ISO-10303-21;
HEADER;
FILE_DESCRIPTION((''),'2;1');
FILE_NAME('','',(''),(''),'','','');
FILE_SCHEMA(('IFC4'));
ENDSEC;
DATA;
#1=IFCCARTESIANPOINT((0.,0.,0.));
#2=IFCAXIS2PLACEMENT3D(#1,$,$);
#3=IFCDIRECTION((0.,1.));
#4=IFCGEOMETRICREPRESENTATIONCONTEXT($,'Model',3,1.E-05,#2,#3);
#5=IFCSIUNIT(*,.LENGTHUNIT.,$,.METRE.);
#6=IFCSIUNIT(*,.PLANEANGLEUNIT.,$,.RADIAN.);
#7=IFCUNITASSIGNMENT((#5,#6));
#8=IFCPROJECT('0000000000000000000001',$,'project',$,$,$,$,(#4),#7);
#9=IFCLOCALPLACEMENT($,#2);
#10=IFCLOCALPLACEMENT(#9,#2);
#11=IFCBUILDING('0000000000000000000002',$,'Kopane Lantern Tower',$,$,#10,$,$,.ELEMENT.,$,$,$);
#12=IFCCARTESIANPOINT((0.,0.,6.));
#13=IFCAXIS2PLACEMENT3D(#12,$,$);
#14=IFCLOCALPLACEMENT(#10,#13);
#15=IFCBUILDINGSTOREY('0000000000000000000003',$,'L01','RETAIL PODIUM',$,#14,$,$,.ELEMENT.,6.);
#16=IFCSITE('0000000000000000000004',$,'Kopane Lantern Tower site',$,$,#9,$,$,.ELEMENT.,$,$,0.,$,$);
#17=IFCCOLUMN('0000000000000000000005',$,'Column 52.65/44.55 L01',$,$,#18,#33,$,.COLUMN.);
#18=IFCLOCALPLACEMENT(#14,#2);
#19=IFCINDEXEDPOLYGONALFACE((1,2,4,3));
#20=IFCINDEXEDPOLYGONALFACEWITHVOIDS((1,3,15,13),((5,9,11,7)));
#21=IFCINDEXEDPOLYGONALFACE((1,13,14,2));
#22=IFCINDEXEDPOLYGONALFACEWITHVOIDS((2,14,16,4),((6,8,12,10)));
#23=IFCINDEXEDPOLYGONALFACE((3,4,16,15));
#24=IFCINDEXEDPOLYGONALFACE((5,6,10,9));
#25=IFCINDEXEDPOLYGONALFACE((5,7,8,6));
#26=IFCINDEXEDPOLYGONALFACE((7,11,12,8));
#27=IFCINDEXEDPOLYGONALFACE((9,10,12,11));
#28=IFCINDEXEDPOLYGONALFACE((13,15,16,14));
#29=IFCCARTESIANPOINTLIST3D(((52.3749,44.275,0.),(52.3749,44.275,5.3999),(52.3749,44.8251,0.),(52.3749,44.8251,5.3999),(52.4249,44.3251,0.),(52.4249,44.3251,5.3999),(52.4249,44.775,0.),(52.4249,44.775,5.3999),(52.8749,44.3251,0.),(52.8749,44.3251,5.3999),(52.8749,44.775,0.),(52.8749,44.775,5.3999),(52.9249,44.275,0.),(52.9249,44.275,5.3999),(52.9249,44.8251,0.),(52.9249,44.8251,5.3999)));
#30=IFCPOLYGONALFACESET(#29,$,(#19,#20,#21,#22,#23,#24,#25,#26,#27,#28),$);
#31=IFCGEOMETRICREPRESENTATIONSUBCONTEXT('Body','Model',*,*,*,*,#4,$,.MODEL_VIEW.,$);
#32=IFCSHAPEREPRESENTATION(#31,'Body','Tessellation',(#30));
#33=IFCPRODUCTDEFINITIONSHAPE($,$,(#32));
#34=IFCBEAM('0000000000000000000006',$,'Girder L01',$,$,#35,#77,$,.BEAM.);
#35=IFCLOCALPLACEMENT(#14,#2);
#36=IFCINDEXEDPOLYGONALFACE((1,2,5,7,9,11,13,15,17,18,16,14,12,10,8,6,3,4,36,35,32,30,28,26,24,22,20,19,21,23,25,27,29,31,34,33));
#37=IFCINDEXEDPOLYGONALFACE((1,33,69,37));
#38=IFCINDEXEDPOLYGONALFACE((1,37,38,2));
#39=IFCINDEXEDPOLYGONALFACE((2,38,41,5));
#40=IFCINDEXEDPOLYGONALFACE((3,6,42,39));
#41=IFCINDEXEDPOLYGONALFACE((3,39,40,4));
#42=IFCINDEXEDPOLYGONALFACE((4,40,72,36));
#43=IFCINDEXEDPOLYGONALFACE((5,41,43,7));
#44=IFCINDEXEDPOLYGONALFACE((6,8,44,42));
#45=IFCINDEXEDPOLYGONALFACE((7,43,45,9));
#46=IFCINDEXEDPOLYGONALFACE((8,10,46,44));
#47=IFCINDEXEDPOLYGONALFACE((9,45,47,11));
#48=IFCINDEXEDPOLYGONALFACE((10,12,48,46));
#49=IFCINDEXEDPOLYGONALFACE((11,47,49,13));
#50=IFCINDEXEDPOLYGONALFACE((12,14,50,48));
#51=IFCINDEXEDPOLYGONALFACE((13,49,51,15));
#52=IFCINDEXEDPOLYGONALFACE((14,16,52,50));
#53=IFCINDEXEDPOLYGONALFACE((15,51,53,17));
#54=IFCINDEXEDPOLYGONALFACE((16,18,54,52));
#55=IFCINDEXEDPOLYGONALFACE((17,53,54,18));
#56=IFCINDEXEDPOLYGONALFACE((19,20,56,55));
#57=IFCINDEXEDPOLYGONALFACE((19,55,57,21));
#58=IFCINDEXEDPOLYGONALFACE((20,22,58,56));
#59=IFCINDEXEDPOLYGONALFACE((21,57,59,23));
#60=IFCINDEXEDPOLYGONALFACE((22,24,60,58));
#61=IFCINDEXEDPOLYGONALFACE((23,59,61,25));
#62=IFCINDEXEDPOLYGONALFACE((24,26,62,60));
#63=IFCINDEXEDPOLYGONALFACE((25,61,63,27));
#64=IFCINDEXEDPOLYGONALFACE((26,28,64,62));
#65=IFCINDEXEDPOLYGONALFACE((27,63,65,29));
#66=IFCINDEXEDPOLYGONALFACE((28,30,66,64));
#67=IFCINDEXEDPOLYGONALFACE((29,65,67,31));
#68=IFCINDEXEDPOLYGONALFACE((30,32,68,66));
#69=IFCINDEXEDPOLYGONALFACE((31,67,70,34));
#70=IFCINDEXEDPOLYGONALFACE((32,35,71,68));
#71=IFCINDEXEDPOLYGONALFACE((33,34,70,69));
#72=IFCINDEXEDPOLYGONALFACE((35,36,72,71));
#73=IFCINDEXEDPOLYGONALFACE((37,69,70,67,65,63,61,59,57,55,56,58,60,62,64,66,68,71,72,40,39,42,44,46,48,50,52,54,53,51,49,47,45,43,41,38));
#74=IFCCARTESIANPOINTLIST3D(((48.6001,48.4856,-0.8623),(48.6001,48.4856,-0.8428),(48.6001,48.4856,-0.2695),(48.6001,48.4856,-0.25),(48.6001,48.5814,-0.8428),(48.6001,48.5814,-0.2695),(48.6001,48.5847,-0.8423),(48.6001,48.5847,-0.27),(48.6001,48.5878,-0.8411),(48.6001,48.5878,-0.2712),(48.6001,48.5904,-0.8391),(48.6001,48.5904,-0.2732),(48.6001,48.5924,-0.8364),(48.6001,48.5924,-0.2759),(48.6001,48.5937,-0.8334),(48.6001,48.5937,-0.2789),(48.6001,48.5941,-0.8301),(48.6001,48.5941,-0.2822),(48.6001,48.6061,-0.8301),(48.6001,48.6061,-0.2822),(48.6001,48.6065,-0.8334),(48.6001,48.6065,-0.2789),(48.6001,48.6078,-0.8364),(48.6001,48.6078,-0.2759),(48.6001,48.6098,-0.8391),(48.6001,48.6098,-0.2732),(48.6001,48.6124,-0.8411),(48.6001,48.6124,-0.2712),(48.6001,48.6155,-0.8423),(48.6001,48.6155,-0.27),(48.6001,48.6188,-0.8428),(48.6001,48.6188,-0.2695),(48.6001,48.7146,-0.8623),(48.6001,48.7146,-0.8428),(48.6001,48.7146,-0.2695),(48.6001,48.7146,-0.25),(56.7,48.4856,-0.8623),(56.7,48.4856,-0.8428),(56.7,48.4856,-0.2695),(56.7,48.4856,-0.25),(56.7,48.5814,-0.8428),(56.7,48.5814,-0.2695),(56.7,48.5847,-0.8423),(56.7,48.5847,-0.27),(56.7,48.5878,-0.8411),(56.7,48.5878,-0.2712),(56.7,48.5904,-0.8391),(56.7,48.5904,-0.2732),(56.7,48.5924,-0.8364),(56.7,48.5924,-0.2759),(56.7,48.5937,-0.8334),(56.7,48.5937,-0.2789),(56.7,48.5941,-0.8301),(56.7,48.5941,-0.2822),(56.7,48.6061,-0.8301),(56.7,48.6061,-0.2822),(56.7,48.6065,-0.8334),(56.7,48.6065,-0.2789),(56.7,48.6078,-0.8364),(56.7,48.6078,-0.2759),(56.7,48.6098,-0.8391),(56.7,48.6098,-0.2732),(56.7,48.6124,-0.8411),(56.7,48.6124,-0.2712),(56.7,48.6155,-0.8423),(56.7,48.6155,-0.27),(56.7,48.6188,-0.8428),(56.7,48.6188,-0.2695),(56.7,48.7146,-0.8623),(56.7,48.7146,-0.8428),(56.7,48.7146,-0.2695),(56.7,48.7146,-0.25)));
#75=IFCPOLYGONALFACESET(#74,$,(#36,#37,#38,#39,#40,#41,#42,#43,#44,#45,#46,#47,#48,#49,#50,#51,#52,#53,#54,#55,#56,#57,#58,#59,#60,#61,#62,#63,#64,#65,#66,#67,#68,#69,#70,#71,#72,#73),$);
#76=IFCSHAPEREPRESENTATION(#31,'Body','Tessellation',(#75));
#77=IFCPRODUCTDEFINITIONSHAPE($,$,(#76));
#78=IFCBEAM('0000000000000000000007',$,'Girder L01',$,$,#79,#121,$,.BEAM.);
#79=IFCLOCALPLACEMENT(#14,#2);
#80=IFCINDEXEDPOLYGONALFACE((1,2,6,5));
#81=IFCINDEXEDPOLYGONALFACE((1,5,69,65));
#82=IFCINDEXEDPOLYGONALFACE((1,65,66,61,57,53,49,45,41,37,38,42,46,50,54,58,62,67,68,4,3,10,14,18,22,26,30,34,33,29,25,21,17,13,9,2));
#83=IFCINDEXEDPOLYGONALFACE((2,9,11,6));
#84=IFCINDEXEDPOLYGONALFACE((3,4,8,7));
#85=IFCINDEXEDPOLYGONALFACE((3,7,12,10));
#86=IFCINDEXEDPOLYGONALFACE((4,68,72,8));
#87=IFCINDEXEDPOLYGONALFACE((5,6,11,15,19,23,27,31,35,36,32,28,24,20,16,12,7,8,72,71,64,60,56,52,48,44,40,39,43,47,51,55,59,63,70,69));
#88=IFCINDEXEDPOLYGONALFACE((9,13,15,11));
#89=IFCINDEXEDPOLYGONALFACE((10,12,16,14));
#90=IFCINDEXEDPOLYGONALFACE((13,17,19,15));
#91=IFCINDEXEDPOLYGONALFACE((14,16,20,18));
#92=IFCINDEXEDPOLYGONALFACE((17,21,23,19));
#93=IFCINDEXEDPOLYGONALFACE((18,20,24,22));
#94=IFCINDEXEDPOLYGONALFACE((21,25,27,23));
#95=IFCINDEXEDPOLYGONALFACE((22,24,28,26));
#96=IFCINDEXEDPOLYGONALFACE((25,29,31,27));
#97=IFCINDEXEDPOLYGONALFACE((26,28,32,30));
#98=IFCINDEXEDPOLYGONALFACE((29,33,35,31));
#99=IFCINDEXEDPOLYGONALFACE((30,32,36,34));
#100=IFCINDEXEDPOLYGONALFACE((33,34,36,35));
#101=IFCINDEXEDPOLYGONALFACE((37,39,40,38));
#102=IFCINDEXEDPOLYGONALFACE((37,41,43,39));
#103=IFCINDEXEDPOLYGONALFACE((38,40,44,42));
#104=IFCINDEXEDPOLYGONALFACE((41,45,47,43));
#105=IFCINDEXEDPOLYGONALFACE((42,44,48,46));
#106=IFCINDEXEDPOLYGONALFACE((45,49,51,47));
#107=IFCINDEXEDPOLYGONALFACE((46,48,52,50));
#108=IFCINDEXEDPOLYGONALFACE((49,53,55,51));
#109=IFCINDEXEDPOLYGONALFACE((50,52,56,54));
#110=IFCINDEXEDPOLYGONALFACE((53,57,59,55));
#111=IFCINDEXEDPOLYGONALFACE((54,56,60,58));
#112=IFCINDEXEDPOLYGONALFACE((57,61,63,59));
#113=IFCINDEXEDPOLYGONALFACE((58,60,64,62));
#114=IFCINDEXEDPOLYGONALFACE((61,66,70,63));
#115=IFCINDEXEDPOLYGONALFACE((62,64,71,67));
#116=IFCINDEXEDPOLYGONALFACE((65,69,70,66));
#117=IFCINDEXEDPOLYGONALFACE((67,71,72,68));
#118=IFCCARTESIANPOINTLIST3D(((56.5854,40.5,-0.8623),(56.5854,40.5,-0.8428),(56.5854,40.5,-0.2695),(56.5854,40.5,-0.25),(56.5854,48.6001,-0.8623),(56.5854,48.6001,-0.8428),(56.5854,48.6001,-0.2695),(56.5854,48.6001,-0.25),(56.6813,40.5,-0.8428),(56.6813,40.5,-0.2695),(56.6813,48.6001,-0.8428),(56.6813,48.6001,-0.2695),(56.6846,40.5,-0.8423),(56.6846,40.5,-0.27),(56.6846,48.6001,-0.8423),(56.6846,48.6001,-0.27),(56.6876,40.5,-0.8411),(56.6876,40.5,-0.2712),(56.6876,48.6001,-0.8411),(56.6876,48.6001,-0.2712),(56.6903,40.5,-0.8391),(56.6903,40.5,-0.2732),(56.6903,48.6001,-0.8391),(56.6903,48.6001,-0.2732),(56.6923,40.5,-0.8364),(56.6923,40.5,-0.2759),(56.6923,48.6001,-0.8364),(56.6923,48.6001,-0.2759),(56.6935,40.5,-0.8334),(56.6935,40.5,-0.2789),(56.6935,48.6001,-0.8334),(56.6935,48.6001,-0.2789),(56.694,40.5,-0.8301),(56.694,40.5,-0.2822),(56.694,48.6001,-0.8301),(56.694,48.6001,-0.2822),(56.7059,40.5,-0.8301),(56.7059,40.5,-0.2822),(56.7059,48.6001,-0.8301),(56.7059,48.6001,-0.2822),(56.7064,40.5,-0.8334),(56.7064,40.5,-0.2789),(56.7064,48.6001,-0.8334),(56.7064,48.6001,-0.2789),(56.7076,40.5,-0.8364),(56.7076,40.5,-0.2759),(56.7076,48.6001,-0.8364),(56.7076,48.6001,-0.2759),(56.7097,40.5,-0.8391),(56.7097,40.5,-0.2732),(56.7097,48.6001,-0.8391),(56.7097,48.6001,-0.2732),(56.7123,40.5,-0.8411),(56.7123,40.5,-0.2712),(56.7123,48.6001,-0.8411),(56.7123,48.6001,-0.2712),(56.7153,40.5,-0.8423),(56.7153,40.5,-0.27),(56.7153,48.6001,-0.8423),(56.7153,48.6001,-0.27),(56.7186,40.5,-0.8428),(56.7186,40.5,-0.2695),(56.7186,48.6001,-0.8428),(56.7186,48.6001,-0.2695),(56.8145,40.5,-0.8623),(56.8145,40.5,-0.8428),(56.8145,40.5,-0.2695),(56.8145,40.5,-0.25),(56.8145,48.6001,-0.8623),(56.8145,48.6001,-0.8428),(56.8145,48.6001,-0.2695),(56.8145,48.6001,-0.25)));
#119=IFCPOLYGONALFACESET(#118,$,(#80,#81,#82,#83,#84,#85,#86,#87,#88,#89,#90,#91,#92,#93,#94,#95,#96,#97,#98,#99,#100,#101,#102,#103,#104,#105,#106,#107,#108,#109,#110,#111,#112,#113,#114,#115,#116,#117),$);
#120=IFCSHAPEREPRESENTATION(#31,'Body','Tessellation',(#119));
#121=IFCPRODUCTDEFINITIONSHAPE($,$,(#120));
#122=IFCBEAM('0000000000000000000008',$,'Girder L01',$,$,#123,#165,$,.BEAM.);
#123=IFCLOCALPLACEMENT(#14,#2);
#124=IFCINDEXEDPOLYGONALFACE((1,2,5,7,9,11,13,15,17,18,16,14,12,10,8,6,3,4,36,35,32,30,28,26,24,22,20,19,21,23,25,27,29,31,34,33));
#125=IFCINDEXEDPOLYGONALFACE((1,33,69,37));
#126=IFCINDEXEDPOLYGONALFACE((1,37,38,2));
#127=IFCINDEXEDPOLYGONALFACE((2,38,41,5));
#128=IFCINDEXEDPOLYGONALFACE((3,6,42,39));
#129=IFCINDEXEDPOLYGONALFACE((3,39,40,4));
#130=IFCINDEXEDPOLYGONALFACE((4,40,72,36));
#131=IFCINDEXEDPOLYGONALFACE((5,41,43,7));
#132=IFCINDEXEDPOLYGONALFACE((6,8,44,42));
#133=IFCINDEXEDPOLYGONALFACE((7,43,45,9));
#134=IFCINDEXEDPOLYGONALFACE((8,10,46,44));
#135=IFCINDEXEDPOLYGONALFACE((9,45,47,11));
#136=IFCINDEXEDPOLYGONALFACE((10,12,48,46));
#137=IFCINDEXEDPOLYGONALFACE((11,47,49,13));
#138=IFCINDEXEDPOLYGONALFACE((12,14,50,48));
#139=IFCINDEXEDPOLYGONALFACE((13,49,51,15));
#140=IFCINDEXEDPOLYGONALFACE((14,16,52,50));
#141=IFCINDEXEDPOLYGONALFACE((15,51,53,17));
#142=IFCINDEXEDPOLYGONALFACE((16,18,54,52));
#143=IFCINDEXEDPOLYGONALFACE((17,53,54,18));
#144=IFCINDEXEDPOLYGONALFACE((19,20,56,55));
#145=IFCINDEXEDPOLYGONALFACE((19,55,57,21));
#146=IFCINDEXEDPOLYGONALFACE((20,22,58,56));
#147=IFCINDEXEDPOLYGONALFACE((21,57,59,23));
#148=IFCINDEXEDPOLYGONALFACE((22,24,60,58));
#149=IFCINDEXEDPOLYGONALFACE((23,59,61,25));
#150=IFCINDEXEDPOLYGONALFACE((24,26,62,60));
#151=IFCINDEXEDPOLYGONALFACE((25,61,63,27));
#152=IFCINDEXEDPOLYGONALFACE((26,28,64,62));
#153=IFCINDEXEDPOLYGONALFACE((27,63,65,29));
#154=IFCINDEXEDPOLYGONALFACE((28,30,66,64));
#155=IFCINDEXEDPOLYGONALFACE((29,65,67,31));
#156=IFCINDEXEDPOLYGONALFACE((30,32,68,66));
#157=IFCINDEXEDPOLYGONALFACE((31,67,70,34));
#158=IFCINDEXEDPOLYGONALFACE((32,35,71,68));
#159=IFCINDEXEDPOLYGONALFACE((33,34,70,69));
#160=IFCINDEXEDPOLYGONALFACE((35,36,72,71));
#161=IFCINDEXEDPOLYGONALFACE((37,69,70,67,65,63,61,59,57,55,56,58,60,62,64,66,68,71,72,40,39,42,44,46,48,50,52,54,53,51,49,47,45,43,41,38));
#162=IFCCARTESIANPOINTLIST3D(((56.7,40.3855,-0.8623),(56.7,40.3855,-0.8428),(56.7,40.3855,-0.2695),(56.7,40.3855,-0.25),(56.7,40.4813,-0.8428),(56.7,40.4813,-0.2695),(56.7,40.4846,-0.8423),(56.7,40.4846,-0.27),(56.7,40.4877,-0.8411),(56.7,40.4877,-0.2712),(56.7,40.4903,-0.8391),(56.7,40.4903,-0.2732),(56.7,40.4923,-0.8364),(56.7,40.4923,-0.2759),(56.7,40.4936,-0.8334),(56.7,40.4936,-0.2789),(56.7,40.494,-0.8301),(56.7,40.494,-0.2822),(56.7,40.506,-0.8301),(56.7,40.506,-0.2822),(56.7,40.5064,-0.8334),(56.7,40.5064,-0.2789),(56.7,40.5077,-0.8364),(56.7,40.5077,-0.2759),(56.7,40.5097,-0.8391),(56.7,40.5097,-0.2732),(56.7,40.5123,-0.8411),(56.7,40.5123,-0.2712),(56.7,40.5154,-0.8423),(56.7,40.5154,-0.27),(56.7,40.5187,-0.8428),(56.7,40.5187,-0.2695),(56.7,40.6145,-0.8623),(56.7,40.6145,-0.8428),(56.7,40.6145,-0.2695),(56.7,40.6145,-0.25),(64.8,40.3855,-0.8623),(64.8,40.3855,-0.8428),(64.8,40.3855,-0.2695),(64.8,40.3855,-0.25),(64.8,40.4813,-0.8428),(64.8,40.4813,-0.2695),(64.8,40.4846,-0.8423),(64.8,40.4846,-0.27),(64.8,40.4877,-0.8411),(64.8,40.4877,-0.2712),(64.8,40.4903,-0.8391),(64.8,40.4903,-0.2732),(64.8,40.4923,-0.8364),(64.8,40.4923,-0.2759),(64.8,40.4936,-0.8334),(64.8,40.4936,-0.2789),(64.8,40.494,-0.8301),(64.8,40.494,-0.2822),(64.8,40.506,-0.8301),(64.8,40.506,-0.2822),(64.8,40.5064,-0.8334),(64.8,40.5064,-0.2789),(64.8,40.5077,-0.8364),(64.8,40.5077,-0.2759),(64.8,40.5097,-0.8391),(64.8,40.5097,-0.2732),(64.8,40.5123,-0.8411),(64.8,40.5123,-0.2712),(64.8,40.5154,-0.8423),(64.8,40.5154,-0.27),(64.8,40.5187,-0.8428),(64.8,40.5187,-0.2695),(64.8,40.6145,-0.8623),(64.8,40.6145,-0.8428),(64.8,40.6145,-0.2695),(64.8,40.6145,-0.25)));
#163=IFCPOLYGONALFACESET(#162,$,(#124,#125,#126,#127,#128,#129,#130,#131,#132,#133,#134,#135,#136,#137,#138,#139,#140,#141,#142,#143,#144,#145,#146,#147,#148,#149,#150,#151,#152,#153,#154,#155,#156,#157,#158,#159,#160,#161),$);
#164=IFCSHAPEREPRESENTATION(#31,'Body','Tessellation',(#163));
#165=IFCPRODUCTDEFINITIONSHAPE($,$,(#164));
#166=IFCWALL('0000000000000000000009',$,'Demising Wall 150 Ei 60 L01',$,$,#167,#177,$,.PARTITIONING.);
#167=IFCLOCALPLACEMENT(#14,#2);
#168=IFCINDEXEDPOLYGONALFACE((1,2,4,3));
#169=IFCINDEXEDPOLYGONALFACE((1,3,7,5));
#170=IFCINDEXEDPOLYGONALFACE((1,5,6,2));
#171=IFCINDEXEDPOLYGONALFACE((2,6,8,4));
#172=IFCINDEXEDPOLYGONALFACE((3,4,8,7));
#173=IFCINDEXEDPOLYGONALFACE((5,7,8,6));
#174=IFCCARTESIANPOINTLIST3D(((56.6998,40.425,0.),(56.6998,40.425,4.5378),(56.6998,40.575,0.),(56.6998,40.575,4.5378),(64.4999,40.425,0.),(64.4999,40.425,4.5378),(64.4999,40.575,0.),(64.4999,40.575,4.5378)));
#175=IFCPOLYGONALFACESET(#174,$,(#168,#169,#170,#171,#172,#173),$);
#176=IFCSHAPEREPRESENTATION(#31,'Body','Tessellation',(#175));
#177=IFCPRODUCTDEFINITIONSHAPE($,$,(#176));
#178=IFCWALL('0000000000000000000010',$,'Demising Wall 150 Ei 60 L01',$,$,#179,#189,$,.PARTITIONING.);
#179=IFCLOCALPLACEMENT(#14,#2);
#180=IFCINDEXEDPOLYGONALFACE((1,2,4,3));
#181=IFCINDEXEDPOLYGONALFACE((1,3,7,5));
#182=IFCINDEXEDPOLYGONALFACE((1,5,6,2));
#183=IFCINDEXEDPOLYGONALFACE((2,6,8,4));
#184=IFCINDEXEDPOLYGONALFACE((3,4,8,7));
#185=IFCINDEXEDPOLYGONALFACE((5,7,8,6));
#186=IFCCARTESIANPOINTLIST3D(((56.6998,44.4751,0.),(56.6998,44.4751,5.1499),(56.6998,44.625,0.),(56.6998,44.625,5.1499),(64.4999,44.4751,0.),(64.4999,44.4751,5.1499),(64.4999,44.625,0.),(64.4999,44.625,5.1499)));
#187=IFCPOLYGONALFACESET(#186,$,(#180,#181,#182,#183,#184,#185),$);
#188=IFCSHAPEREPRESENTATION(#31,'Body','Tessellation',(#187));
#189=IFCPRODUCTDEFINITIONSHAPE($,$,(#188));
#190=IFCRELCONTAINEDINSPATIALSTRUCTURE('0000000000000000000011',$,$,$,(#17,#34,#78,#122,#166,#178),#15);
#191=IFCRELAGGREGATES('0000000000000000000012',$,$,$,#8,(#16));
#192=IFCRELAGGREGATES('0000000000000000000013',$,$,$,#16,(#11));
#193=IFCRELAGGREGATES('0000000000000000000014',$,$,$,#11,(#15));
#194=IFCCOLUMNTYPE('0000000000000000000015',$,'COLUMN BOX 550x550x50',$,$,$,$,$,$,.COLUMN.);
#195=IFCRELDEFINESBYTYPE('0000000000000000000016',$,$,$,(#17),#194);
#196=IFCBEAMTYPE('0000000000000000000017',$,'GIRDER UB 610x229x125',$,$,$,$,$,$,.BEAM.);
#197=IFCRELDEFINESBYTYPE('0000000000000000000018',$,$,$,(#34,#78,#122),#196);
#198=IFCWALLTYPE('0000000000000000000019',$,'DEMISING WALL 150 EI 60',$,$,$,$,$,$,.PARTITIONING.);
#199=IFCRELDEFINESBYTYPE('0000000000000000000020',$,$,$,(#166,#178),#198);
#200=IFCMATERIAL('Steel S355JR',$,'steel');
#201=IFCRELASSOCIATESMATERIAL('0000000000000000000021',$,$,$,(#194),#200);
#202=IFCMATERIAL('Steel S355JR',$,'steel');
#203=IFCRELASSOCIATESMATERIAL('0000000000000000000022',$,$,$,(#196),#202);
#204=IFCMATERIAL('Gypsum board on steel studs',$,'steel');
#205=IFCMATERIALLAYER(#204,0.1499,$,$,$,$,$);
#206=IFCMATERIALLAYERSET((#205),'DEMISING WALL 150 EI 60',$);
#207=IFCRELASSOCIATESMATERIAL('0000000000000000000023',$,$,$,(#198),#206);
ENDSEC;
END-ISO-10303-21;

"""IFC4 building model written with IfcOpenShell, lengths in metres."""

from ifc_helpers import new_model, si_unit, direction, frame, frame_2d, origin, origin_2d, place, context, subcontext, project, spatial, rectangle, hollow_rectangle, i_section, extrude, material, layer, layer_set, material_profile, profile_set, type_object, element, save


model = new_model("IFC4")

# Units and contexts
model_context = context("Model", 3, precision=1e-05, world=origin(), true_north=direction((0.0, 1.0)))
body_context = subcontext(model_context, "Body", "Model", "MODEL_VIEW")
ifc_project = project(units=[si_unit("LENGTHUNIT", "METRE"), si_unit("PLANEANGLEUNIT", "RADIAN")], contexts=[model_context])

# Site, building, storey
site_placement = place(None, origin())
site = spatial("IfcSite", under=ifc_project, at=site_placement, Name="Kopane Lantern Tower site", CompositionType="ELEMENT", RefElevation=0.0)
building_placement = place(site_placement, origin())
building = spatial("IfcBuilding", under=site, at=building_placement, Name="Kopane Lantern Tower", CompositionType="ELEMENT")
storey_placement = place(building_placement, frame((0.0, 0.0, 6.0)))
storey = spatial("IfcBuildingStorey", under=building, at=storey_placement, Name="L01", Description="RETAIL PODIUM", CompositionType="ELEMENT", Elevation=6.0)

# Column
ifc_material_1 = material(Name="Steel S355JR", Category="steel")
ifc_material_profile_1 = material_profile(ifc_material_1, hollow_rectangle(XDim=0.55, YDim=0.55, WallThickness=0.05, at=origin_2d()), Name="BOX 550x550x50")
ifc_profile_set_1 = profile_set([ifc_material_profile_1], Name="Steel S355JR")
column_type = type_object("IfcColumnType", Name="COLUMN BOX 550x550x50", PredefinedType="COLUMN", material=ifc_profile_set_1)
column_placement = place(storey_placement, frame((52.6499, 44.55, 0.0), z_axis=(0.0, 0.0, 1.0), x_axis=(1.0, 0.0, 0.0)))
element("IfcColumn", 1, at=column_placement, inside=storey, type_object=column_type, Name="Column 52.65/44.55 L01", PredefinedType="COLUMN", context=body_context, shape_type="SweptSolid", body=[
    extrude(hollow_rectangle(XDim=0.55, YDim=0.55, WallThickness=0.05, at=origin_2d()), origin(), (0.0, 0.0, 1.0), 5.3999),
])

# Beams
ifc_material_2 = material(Name="Steel S355JR", Category="steel")
ifc_material_profile_2 = material_profile(ifc_material_2, i_section(OverallWidth=0.229, OverallDepth=0.6123, WebThickness=0.012, FlangeThickness=0.0195, FilletRadius=0.0127, at=origin_2d()), Name="UB 610x229x125")
ifc_profile_set_2 = profile_set([ifc_material_profile_2], Name="Steel S355JR")
beam_type = type_object("IfcBeamType", Name="GIRDER UB 610x229x125", PredefinedType="BEAM", material=ifc_profile_set_2)
beam_placement = place(storey_placement, frame((48.6001, 48.6001, -0.5562), z_axis=(1.0, 0.0, 0.0), x_axis=(0.0, 1.0, 0.0)))
element("IfcBeam", 2, at=beam_placement, inside=storey, type_object=beam_type, Name="Girder L01", PredefinedType="BEAM", context=body_context, shape_type="SweptSolid", body=[
    extrude(i_section(OverallWidth=0.229, OverallDepth=0.6123, WebThickness=0.012, FlangeThickness=0.0195, FilletRadius=0.0127, at=origin_2d()), origin(), (0.0, 0.0, 1.0), 8.0999),
])
for number, where, z_axis, x_axis, name in (
    (3, (56.7, 40.5, -0.5562), (0.0, 1.0, 0.0), (-1.0, 0.0, 0.0), "Girder L01"),
    (4, (56.7, 40.5, -0.5562), (1.0, 0.0, 0.0), (0.0, 1.0, 0.0), "Girder L01"),
):
    element("IfcBeam", number, at=place(storey_placement, frame(where, z_axis=z_axis, x_axis=x_axis)), inside=storey, type_object=beam_type, Name=name, PredefinedType="BEAM", context=body_context, shape_type="SweptSolid", body=[
        extrude(i_section(OverallWidth=0.229, OverallDepth=0.6123, WebThickness=0.012, FlangeThickness=0.0195, FilletRadius=0.0127, at=origin_2d()), origin(), (0.0, 0.0, 1.0), 8.1001),
    ])

# Walls
ifc_material_3 = material(Name="Gypsum board on steel studs", Category="steel")
ifc_layer = layer(ifc_material_3, 0.1499)
ifc_layer_set = layer_set([ifc_layer], Name="DEMISING WALL 150 EI 60")
wall_type = type_object("IfcWallType", Name="DEMISING WALL 150 EI 60", PredefinedType="PARTITIONING", material=ifc_layer_set)
wall_1_placement = place(storey_placement, frame((56.7, 40.5, 0.0), z_axis=(0.0, 0.0, 1.0), x_axis=(1.0, 0.0, 0.0)))
element("IfcWall", 5, at=wall_1_placement, inside=storey, type_object=wall_type, Name="Demising Wall 150 Ei 60 L01", PredefinedType="PARTITIONING", context=body_context, shape_type="SweptSolid", body=[
    extrude(rectangle(XDim=7.8, YDim=0.1499, at=frame_2d((3.8999, 0.0))), origin(), (0.0, 0.0, 1.0), 4.5378),
])
wall_2_placement = place(storey_placement, frame((56.7, 44.55, 0.0), z_axis=(0.0, 0.0, 1.0), x_axis=(1.0, 0.0, 0.0)))
element("IfcWall", 6, at=wall_2_placement, inside=storey, type_object=wall_type, Name="Demising Wall 150 Ei 60 L01", PredefinedType="PARTITIONING", context=body_context, shape_type="SweptSolid", body=[
    extrude(rectangle(XDim=7.8, YDim=0.1499, at=frame_2d((3.8999, 0.0))), origin(), (0.0, 0.0, 1.0), 5.1499),
])

save(model, "model.ifc")
